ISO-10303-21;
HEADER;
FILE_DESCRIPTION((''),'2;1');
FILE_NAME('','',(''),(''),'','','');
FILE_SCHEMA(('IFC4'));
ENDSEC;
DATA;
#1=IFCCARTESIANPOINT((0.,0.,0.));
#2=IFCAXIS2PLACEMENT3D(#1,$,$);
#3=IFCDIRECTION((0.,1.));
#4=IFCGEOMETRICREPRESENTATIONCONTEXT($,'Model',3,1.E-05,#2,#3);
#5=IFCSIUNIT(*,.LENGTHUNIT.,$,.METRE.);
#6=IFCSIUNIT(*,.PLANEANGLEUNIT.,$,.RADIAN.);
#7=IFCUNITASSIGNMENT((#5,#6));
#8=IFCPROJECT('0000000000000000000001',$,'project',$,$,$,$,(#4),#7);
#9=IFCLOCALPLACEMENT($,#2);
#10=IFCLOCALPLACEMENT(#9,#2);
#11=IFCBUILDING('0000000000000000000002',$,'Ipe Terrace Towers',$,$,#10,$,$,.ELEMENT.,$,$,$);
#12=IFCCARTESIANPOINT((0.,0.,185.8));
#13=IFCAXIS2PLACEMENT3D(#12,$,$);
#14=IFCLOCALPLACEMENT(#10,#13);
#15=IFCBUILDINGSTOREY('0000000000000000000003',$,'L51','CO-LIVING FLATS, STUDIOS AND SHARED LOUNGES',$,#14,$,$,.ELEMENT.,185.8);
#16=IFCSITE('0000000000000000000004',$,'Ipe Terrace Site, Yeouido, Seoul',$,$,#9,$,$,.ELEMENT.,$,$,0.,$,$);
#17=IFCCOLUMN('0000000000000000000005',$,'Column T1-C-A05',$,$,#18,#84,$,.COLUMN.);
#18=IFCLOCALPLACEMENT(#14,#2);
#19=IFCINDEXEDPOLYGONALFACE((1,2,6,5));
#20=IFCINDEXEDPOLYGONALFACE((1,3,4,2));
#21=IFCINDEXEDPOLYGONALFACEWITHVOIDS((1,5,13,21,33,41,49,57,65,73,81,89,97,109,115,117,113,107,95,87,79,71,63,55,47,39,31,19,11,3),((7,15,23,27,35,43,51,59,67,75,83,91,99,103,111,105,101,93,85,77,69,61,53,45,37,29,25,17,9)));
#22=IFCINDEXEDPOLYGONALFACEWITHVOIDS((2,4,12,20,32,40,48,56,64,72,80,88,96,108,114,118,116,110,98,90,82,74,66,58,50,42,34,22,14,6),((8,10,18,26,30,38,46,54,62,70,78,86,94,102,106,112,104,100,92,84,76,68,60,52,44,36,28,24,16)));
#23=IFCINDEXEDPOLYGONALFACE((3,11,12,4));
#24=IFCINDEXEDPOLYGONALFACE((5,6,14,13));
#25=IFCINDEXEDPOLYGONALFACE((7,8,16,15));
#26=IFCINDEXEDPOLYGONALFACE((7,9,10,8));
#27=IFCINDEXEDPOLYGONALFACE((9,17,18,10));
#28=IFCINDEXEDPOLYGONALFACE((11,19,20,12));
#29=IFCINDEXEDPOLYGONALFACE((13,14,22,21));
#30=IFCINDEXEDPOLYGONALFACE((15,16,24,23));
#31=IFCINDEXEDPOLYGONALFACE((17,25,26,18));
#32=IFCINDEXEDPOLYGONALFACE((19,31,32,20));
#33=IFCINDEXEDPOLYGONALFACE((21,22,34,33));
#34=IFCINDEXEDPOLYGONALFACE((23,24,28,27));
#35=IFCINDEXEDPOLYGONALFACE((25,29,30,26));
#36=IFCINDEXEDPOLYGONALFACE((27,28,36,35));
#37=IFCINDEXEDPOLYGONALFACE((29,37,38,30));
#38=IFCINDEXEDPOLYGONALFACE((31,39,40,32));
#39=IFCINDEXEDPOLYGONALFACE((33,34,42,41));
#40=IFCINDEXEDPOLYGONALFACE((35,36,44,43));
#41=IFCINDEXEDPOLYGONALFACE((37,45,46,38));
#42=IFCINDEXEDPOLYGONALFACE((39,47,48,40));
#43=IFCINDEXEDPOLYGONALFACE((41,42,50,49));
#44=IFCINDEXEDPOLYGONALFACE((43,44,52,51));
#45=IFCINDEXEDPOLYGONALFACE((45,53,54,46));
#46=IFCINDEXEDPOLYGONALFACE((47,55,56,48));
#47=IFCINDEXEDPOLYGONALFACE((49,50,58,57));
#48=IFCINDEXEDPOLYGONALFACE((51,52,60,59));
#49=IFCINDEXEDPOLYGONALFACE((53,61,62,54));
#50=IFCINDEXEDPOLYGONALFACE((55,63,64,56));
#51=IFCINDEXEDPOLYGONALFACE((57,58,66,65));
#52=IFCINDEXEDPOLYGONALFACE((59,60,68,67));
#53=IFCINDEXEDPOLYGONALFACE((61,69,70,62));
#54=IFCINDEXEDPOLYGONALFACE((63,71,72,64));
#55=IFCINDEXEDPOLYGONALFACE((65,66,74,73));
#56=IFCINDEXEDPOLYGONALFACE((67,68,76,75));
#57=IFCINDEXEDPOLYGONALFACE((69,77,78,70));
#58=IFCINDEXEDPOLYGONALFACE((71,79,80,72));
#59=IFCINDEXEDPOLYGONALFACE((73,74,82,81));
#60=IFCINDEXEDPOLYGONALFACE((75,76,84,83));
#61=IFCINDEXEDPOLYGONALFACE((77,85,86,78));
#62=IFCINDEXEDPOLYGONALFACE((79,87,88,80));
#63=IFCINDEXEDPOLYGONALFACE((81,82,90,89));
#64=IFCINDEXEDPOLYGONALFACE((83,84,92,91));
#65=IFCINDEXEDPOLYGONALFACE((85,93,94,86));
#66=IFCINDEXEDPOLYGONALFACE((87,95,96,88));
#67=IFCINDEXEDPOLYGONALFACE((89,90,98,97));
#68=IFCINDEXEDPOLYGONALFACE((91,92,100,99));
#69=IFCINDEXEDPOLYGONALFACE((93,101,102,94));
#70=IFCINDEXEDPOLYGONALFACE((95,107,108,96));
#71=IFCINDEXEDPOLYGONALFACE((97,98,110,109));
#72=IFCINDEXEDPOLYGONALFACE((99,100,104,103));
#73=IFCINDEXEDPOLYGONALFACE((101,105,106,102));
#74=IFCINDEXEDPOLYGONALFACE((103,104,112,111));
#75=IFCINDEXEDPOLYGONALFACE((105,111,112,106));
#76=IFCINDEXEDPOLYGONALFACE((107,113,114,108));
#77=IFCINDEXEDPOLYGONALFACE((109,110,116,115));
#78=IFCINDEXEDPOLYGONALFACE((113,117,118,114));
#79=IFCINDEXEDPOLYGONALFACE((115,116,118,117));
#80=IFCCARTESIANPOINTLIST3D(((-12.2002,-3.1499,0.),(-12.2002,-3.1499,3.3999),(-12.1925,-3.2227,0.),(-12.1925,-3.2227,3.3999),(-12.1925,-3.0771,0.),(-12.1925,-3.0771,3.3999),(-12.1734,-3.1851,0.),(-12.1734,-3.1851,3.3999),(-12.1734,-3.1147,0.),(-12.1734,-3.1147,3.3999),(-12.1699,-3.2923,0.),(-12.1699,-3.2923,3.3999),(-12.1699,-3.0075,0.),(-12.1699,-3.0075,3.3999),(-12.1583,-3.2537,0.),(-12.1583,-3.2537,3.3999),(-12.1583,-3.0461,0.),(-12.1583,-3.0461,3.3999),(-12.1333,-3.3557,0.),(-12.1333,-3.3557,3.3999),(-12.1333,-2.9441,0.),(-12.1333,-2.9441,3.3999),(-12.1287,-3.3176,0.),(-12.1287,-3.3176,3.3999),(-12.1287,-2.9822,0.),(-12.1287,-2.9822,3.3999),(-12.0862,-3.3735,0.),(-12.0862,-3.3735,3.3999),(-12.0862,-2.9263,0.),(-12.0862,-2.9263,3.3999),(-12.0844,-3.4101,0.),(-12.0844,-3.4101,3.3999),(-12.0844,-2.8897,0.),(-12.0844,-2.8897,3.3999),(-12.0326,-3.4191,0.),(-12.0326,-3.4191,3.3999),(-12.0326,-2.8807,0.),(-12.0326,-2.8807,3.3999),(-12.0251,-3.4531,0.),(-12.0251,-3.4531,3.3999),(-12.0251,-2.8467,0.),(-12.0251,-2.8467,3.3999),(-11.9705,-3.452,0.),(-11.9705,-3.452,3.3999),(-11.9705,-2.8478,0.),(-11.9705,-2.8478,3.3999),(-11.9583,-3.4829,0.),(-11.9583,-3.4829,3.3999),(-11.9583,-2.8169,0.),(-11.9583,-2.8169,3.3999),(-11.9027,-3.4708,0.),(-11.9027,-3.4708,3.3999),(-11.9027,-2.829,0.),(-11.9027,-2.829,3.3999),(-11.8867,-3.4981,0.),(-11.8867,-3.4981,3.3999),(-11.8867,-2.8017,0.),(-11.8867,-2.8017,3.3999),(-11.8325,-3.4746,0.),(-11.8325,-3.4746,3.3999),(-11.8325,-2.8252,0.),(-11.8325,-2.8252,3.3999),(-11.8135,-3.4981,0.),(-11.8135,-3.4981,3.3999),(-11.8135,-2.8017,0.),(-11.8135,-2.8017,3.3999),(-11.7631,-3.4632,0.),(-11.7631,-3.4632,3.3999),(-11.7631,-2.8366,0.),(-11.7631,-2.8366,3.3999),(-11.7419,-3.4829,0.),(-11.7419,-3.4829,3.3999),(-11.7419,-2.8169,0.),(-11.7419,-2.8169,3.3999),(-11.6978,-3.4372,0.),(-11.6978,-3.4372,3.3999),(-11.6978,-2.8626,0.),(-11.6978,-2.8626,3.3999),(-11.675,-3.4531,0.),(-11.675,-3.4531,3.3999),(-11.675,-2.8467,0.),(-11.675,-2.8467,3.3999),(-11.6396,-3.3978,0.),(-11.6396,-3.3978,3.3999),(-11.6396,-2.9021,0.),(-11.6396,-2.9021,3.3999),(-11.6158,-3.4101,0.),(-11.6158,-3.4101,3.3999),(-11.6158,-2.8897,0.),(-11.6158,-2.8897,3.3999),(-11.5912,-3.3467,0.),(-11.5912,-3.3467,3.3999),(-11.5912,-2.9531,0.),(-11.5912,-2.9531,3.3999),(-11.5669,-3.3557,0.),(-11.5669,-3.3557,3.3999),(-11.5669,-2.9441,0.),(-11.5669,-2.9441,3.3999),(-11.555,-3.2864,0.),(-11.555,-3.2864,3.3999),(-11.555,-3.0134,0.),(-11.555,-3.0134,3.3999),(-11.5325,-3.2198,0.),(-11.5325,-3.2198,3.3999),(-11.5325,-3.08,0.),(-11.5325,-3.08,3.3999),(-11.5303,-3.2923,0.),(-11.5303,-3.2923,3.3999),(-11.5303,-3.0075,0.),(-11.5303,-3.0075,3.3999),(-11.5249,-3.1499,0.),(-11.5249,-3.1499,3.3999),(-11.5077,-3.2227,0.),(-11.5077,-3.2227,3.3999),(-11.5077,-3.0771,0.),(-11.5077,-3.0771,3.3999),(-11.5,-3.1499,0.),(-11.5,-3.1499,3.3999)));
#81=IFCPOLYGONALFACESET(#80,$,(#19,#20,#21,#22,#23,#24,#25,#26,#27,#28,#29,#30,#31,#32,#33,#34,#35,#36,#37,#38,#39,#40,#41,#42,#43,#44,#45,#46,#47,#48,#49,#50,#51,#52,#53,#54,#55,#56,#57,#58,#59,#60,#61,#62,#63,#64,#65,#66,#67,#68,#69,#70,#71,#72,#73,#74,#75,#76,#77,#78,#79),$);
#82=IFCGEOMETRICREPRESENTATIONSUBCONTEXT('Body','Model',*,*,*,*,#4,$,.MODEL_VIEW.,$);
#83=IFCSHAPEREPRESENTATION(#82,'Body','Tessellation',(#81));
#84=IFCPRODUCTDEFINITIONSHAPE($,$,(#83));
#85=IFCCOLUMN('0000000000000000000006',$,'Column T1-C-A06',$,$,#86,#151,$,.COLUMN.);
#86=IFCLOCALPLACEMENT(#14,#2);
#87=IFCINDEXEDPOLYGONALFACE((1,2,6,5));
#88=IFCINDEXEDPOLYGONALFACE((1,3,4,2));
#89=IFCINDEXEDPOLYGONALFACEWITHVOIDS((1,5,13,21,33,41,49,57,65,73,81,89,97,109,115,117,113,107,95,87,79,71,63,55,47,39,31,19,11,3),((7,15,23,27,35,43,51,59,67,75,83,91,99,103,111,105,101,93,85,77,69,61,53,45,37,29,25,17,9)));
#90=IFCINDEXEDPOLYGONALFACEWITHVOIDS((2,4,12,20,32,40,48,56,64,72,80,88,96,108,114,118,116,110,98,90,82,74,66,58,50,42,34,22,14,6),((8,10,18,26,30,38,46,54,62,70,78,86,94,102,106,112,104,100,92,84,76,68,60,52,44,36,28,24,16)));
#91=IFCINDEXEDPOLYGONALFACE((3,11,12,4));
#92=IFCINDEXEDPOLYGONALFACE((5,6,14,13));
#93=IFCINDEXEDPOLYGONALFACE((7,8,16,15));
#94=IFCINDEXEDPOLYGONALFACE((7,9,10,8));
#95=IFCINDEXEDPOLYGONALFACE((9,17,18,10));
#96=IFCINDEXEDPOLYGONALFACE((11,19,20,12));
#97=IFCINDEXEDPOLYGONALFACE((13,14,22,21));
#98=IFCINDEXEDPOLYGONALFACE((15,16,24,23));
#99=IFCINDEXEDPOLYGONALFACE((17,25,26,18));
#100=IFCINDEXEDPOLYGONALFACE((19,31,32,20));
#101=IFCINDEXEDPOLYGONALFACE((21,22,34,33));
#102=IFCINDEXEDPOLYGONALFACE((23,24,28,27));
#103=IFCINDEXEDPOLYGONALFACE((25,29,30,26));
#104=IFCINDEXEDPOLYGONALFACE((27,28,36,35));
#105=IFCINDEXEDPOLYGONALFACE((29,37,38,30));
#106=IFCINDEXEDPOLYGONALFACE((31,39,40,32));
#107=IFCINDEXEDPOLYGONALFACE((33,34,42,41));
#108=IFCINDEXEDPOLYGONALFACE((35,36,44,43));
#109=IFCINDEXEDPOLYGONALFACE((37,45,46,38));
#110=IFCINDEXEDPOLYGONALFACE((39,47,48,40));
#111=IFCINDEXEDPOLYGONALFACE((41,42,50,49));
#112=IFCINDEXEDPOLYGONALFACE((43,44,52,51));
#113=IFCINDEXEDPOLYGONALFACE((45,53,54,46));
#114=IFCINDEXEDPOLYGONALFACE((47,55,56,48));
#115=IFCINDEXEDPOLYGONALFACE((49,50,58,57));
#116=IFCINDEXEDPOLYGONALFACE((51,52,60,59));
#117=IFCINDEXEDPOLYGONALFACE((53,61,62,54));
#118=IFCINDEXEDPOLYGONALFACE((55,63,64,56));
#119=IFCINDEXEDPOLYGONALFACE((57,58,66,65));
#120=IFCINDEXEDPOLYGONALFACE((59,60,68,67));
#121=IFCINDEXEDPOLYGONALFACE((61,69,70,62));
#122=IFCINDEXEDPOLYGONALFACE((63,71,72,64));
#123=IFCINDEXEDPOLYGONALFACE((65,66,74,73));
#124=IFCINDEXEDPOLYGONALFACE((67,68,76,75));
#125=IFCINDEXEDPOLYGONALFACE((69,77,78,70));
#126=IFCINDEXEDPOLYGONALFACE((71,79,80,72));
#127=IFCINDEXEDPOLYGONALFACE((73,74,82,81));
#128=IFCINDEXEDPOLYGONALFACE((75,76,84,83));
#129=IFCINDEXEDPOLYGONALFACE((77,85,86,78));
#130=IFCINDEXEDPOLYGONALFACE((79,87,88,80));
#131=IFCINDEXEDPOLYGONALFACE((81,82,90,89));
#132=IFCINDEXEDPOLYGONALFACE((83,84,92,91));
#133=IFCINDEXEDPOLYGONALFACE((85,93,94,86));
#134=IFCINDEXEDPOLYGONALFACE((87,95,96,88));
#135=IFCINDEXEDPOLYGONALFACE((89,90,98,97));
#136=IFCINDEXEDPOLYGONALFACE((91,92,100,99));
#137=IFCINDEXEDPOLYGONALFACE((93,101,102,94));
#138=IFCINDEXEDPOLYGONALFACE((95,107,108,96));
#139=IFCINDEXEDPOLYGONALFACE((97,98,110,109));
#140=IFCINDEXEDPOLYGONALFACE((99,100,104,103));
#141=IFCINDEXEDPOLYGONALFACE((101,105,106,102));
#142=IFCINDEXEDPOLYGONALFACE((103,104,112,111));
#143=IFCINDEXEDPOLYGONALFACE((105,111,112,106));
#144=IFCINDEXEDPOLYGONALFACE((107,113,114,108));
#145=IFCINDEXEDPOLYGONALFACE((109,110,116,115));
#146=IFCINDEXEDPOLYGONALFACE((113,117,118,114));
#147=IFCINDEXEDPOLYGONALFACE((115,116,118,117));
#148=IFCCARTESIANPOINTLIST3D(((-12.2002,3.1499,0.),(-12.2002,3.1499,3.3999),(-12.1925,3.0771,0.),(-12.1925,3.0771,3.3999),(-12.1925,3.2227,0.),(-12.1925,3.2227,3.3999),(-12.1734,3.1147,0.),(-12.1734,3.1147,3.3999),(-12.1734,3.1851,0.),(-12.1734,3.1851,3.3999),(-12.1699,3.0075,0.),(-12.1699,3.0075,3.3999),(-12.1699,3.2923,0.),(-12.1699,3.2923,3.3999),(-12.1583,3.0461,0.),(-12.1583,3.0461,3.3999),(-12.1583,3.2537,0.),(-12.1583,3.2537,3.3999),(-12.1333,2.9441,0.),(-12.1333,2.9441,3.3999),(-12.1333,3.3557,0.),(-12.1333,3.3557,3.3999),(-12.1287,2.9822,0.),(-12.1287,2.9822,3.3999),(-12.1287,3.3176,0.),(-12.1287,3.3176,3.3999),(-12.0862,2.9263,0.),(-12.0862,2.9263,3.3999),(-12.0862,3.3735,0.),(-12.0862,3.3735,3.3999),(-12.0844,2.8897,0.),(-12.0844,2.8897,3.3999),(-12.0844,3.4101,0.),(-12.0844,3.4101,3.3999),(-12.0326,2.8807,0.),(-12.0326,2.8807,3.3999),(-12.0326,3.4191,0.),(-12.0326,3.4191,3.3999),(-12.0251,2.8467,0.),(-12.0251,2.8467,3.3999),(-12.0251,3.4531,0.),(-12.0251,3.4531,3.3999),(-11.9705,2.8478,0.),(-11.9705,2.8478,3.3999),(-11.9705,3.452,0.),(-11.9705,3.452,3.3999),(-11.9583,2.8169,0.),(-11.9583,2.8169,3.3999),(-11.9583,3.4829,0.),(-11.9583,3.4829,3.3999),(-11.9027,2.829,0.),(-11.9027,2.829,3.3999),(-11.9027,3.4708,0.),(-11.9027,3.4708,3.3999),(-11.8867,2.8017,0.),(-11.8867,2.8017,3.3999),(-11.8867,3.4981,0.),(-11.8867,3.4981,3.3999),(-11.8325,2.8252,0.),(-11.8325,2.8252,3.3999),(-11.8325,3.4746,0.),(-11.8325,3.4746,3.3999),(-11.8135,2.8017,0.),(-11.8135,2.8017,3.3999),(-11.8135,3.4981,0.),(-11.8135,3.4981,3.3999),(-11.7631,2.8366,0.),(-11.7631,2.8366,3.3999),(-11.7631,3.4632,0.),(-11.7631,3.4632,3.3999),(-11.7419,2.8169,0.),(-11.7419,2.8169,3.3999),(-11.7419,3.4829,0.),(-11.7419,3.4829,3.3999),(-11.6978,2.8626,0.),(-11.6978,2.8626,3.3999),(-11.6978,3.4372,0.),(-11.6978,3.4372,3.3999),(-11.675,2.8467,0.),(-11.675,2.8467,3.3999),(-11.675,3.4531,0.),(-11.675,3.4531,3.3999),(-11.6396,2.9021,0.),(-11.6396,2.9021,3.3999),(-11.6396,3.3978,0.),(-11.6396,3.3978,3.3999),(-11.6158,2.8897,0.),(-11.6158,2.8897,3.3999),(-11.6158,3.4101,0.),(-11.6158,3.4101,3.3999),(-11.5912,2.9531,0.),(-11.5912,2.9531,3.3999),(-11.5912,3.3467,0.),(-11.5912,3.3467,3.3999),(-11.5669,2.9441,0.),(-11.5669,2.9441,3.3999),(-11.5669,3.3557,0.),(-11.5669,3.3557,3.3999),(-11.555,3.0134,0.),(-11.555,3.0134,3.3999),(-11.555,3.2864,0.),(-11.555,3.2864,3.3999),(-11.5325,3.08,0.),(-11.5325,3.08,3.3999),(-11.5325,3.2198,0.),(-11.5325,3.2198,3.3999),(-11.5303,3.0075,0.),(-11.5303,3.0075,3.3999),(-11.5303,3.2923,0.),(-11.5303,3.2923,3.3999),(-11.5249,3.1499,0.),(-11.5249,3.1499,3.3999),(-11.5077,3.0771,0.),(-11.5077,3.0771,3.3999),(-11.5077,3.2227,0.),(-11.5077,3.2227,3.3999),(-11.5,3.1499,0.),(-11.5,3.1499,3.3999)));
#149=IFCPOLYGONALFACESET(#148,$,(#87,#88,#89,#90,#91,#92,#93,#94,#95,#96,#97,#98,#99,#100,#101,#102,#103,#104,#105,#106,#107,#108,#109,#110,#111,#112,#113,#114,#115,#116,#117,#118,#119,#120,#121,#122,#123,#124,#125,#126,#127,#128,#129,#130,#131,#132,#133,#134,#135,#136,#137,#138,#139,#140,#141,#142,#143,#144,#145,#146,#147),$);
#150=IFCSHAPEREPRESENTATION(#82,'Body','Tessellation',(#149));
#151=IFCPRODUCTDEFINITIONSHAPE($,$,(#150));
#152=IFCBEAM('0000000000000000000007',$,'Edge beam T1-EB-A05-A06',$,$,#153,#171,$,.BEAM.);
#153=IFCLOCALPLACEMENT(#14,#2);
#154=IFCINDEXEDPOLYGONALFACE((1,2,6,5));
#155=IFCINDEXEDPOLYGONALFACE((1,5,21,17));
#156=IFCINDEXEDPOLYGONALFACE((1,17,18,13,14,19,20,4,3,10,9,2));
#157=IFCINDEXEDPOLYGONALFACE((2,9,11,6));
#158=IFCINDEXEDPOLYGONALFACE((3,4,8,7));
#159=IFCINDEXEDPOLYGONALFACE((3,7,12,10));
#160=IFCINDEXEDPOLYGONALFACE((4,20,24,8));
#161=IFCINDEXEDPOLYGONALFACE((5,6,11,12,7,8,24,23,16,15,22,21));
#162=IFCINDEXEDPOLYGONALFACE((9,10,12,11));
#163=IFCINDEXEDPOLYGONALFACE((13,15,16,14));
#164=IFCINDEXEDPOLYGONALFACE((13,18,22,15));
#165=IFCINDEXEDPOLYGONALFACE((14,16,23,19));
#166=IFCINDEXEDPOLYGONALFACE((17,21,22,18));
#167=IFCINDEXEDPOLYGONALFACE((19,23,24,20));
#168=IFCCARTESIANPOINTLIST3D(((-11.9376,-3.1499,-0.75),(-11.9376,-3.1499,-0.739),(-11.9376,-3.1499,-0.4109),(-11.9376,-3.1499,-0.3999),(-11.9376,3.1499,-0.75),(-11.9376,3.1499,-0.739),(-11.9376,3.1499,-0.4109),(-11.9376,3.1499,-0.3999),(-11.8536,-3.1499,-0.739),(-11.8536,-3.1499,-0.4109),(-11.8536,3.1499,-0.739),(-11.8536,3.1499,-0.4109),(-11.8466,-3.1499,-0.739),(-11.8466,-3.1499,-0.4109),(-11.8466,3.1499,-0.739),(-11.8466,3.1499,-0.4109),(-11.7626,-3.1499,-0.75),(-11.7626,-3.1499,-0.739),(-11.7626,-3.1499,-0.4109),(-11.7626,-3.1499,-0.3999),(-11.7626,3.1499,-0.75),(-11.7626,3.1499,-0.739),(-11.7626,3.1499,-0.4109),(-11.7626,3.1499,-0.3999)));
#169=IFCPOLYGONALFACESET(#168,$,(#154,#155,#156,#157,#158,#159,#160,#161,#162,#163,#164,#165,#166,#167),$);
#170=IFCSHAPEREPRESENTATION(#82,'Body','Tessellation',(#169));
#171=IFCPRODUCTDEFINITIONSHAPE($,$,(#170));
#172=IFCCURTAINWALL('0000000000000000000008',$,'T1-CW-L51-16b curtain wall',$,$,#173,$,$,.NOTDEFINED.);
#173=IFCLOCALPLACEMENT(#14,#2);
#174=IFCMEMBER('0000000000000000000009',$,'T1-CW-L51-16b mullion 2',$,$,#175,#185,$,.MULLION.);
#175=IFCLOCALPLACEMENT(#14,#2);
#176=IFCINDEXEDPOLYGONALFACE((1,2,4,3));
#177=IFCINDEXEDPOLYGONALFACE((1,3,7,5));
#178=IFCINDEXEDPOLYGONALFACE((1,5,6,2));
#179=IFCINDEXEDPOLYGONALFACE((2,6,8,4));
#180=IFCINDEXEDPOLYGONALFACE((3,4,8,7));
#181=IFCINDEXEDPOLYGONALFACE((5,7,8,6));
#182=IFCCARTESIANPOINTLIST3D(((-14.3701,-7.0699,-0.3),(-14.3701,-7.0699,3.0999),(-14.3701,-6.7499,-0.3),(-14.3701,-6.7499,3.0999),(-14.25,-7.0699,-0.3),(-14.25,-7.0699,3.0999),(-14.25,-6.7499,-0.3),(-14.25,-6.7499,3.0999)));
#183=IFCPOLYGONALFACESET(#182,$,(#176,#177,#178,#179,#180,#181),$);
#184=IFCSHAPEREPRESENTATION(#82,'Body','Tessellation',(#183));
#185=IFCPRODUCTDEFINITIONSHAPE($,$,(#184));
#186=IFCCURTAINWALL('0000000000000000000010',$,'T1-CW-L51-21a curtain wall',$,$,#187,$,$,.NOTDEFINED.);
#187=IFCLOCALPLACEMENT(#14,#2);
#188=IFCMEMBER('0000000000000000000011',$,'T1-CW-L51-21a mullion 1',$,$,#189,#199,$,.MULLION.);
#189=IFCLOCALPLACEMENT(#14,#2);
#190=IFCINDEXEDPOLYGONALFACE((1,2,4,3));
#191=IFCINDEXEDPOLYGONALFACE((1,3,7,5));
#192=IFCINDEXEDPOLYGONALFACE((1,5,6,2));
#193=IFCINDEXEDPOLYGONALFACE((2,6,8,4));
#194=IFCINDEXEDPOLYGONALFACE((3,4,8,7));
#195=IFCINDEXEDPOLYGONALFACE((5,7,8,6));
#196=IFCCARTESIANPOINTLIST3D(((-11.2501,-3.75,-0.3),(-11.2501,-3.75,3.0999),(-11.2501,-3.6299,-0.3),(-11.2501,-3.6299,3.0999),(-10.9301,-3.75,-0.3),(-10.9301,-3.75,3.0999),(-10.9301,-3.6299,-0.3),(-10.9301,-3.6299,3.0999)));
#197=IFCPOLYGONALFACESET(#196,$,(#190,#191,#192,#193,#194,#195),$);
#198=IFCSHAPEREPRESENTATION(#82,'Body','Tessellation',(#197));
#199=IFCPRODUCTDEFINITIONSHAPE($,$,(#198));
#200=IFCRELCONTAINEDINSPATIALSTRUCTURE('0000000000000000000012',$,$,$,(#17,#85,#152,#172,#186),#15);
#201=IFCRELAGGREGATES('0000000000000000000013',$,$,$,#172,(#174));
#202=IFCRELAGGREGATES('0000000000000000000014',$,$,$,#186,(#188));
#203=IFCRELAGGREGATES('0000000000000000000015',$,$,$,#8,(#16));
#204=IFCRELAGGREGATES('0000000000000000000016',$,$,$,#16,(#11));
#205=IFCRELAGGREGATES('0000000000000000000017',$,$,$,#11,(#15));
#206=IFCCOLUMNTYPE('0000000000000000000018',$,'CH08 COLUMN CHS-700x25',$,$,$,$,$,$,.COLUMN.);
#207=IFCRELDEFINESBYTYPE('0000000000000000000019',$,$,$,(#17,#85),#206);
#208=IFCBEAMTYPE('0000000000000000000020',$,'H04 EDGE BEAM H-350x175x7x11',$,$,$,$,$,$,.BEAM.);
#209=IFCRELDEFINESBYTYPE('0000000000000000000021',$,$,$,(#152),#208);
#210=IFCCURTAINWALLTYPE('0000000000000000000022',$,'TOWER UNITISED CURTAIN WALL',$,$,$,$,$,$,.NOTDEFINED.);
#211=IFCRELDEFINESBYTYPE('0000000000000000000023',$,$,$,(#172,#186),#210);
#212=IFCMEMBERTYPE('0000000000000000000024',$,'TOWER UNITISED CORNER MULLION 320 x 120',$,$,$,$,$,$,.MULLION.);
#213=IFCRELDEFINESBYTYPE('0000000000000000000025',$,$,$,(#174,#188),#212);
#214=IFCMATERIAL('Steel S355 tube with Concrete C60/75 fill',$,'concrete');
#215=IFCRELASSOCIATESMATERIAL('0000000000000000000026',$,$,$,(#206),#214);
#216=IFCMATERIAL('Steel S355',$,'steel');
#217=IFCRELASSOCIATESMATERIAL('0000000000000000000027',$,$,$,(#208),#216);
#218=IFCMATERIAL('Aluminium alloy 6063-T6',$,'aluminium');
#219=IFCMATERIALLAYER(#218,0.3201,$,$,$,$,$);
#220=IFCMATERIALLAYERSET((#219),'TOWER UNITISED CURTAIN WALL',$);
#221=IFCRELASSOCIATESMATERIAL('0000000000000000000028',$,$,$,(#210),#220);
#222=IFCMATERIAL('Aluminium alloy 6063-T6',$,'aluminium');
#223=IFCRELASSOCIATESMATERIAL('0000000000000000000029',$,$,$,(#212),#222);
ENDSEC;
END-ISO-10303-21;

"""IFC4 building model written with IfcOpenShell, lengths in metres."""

from ifc_helpers import new_model, si_unit, direction, frame, origin, origin_2d, place, context, subcontext, project, spatial, rectangle, hollow_circle, i_section, extrude, material, layer, layer_set, material_profile, profile_set, type_object, element, aggregate, save


model = new_model("IFC4")

# Units and contexts
model_context = context("Model", 3, precision=1e-05, world=origin(), true_north=direction((0.0, 1.0)))
body_context = subcontext(model_context, "Body", "Model", "MODEL_VIEW")
ifc_project = project(units=[si_unit("LENGTHUNIT", "METRE"), si_unit("PLANEANGLEUNIT", "RADIAN")], contexts=[model_context])

# Site, building, storey
site_placement = place(None, origin())
site = spatial("IfcSite", under=ifc_project, at=site_placement, Name="Ipe Terrace Site, Yeouido, Seoul", CompositionType="ELEMENT", RefElevation=0.0)
building_placement = place(site_placement, origin())
building = spatial("IfcBuilding", under=site, at=building_placement, Name="Ipe Terrace Towers", CompositionType="ELEMENT")
storey_placement = place(building_placement, frame((0.0, 0.0, 185.8)))
storey = spatial("IfcBuildingStorey", under=building, at=storey_placement, Name="L51", Description="CO-LIVING FLATS, STUDIOS AND SHARED LOUNGES", CompositionType="ELEMENT", Elevation=185.8)

# Columns
ifc_material_1 = material(Name="Steel S355 tube with Concrete C60/75 fill", Category="concrete")
ifc_material_profile_1 = material_profile(ifc_material_1, hollow_circle(Radius=0.3501, WallThickness=0.0249, at=origin_2d()), Name="CHS-700x25")
ifc_profile_set_1 = profile_set([ifc_material_profile_1], Name="Steel S355 tube with Concrete C60/75 fill")
column_type = type_object("IfcColumnType", Name="CH08 COLUMN CHS-700x25", PredefinedType="COLUMN", material=ifc_profile_set_1)
for number, where, z_axis, x_axis, name in (
    (1, (-11.8501, -3.1499, 0.0), (0.0, 0.0, 1.0), (1.0, 0.0, 0.0), "Column T1-C-A05"),
    (2, (-11.8501, 3.1499, 0.0), (0.0, 0.0, 1.0), (1.0, 0.0, 0.0), "Column T1-C-A06"),
):
    element("IfcColumn", number, at=place(storey_placement, frame(where, z_axis=z_axis, x_axis=x_axis)), inside=storey, type_object=column_type, Name=name, PredefinedType="COLUMN", context=body_context, shape_type="SweptSolid", body=[
        extrude(hollow_circle(Radius=0.3501, WallThickness=0.0249, at=origin_2d()), origin(), (0.0, 0.0, 1.0), 3.3999),
    ])

# Beam
ifc_material_2 = material(Name="Steel S355", Category="steel")
ifc_material_profile_2 = material_profile(ifc_material_2, i_section(OverallWidth=0.175, OverallDepth=0.3501, WebThickness=0.0071, FlangeThickness=0.011, at=origin_2d()), Name="H-350x175x7x11")
ifc_profile_set_2 = profile_set([ifc_material_profile_2], Name="Steel S355")
beam_type = type_object("IfcBeamType", Name="H04 EDGE BEAM H-350x175x7x11", PredefinedType="BEAM", material=ifc_profile_set_2)
beam_placement = place(storey_placement, frame((-11.8501, -3.1499, -0.575), z_axis=(0.0, 1.0, 0.0), x_axis=(-1.0, 0.0, 0.0)))
element("IfcBeam", 3, at=beam_placement, inside=storey, type_object=beam_type, Name="Edge beam T1-EB-A05-A06", PredefinedType="BEAM", context=body_context, shape_type="SweptSolid", body=[
    extrude(i_section(OverallWidth=0.175, OverallDepth=0.3501, WebThickness=0.0071, FlangeThickness=0.011, at=origin_2d()), origin(), (0.0, 0.0, 1.0), 6.2998),
])

# Curtain wall, member
ifc_material_3 = material(Name="Aluminium alloy 6063-T6", Category="aluminium")
ifc_layer_1 = layer(ifc_material_3, 0.3201)
ifc_layer_set_1 = layer_set([ifc_layer_1], Name="TOWER UNITISED CURTAIN WALL")
curtain_wall_type = type_object("IfcCurtainWallType", Name="TOWER UNITISED CURTAIN WALL", PredefinedType="NOTDEFINED", material=ifc_layer_set_1)
curtain_wall_1_placement = place(storey_placement, origin())
curtain_wall_1 = element("IfcCurtainWall", 4, at=curtain_wall_1_placement, inside=storey, type_object=curtain_wall_type, Name="T1-CW-L51-16b curtain wall", PredefinedType="NOTDEFINED")
ifc_material_4 = material(Name="Aluminium alloy 6063-T6", Category="aluminium")
ifc_material_profile_3 = material_profile(ifc_material_4, rectangle(XDim=0.3201, YDim=0.1201, at=origin_2d()), Name="TOWER UNITISED CORNER MULLION 320 x 120")
ifc_profile_set_3 = profile_set([ifc_material_profile_3], Name="Aluminium alloy 6063-T6")
member_type_1 = type_object("IfcMemberType", Name="TOWER UNITISED CORNER MULLION 320 x 120", PredefinedType="MULLION", material=ifc_profile_set_3)
member_1_placement = place(storey_placement, frame((-14.3101, -6.9099, -0.3), z_axis=(0.0, 0.0, 1.0), x_axis=(0.0, -1.0, 0.0)))
member_1 = element("IfcMember", 5, at=member_1_placement, type_object=member_type_1, Name="T1-CW-L51-16b mullion 2", PredefinedType="MULLION", context=body_context, shape_type="SweptSolid", body=[
    extrude(rectangle(XDim=0.3201, YDim=0.1201, at=origin_2d()), origin(), (0.0, 0.0, 1.0), 3.3999),
])
aggregate(curtain_wall_1, [member_1])

# Curtain wall, member
curtain_wall_2_placement = place(storey_placement, origin())
curtain_wall_2 = element("IfcCurtainWall", 6, at=curtain_wall_2_placement, inside=storey, type_object=curtain_wall_type, Name="T1-CW-L51-21a curtain wall", PredefinedType="NOTDEFINED")
member_2_placement = place(storey_placement, frame((-11.0901, -3.6899, -0.3), z_axis=(0.0, 0.0, 1.0), x_axis=(1.0, 0.0, 0.0)))
member_2 = element("IfcMember", 7, at=member_2_placement, type_object=member_type_1, Name="T1-CW-L51-21a mullion 1", PredefinedType="MULLION", context=body_context, shape_type="SweptSolid", body=[
    extrude(rectangle(XDim=0.3201, YDim=0.1201, at=origin_2d()), origin(), (0.0, 0.0, 1.0), 3.3999),
])

aggregate(curtain_wall_2, [member_2])

save(model, "model.ifc")
